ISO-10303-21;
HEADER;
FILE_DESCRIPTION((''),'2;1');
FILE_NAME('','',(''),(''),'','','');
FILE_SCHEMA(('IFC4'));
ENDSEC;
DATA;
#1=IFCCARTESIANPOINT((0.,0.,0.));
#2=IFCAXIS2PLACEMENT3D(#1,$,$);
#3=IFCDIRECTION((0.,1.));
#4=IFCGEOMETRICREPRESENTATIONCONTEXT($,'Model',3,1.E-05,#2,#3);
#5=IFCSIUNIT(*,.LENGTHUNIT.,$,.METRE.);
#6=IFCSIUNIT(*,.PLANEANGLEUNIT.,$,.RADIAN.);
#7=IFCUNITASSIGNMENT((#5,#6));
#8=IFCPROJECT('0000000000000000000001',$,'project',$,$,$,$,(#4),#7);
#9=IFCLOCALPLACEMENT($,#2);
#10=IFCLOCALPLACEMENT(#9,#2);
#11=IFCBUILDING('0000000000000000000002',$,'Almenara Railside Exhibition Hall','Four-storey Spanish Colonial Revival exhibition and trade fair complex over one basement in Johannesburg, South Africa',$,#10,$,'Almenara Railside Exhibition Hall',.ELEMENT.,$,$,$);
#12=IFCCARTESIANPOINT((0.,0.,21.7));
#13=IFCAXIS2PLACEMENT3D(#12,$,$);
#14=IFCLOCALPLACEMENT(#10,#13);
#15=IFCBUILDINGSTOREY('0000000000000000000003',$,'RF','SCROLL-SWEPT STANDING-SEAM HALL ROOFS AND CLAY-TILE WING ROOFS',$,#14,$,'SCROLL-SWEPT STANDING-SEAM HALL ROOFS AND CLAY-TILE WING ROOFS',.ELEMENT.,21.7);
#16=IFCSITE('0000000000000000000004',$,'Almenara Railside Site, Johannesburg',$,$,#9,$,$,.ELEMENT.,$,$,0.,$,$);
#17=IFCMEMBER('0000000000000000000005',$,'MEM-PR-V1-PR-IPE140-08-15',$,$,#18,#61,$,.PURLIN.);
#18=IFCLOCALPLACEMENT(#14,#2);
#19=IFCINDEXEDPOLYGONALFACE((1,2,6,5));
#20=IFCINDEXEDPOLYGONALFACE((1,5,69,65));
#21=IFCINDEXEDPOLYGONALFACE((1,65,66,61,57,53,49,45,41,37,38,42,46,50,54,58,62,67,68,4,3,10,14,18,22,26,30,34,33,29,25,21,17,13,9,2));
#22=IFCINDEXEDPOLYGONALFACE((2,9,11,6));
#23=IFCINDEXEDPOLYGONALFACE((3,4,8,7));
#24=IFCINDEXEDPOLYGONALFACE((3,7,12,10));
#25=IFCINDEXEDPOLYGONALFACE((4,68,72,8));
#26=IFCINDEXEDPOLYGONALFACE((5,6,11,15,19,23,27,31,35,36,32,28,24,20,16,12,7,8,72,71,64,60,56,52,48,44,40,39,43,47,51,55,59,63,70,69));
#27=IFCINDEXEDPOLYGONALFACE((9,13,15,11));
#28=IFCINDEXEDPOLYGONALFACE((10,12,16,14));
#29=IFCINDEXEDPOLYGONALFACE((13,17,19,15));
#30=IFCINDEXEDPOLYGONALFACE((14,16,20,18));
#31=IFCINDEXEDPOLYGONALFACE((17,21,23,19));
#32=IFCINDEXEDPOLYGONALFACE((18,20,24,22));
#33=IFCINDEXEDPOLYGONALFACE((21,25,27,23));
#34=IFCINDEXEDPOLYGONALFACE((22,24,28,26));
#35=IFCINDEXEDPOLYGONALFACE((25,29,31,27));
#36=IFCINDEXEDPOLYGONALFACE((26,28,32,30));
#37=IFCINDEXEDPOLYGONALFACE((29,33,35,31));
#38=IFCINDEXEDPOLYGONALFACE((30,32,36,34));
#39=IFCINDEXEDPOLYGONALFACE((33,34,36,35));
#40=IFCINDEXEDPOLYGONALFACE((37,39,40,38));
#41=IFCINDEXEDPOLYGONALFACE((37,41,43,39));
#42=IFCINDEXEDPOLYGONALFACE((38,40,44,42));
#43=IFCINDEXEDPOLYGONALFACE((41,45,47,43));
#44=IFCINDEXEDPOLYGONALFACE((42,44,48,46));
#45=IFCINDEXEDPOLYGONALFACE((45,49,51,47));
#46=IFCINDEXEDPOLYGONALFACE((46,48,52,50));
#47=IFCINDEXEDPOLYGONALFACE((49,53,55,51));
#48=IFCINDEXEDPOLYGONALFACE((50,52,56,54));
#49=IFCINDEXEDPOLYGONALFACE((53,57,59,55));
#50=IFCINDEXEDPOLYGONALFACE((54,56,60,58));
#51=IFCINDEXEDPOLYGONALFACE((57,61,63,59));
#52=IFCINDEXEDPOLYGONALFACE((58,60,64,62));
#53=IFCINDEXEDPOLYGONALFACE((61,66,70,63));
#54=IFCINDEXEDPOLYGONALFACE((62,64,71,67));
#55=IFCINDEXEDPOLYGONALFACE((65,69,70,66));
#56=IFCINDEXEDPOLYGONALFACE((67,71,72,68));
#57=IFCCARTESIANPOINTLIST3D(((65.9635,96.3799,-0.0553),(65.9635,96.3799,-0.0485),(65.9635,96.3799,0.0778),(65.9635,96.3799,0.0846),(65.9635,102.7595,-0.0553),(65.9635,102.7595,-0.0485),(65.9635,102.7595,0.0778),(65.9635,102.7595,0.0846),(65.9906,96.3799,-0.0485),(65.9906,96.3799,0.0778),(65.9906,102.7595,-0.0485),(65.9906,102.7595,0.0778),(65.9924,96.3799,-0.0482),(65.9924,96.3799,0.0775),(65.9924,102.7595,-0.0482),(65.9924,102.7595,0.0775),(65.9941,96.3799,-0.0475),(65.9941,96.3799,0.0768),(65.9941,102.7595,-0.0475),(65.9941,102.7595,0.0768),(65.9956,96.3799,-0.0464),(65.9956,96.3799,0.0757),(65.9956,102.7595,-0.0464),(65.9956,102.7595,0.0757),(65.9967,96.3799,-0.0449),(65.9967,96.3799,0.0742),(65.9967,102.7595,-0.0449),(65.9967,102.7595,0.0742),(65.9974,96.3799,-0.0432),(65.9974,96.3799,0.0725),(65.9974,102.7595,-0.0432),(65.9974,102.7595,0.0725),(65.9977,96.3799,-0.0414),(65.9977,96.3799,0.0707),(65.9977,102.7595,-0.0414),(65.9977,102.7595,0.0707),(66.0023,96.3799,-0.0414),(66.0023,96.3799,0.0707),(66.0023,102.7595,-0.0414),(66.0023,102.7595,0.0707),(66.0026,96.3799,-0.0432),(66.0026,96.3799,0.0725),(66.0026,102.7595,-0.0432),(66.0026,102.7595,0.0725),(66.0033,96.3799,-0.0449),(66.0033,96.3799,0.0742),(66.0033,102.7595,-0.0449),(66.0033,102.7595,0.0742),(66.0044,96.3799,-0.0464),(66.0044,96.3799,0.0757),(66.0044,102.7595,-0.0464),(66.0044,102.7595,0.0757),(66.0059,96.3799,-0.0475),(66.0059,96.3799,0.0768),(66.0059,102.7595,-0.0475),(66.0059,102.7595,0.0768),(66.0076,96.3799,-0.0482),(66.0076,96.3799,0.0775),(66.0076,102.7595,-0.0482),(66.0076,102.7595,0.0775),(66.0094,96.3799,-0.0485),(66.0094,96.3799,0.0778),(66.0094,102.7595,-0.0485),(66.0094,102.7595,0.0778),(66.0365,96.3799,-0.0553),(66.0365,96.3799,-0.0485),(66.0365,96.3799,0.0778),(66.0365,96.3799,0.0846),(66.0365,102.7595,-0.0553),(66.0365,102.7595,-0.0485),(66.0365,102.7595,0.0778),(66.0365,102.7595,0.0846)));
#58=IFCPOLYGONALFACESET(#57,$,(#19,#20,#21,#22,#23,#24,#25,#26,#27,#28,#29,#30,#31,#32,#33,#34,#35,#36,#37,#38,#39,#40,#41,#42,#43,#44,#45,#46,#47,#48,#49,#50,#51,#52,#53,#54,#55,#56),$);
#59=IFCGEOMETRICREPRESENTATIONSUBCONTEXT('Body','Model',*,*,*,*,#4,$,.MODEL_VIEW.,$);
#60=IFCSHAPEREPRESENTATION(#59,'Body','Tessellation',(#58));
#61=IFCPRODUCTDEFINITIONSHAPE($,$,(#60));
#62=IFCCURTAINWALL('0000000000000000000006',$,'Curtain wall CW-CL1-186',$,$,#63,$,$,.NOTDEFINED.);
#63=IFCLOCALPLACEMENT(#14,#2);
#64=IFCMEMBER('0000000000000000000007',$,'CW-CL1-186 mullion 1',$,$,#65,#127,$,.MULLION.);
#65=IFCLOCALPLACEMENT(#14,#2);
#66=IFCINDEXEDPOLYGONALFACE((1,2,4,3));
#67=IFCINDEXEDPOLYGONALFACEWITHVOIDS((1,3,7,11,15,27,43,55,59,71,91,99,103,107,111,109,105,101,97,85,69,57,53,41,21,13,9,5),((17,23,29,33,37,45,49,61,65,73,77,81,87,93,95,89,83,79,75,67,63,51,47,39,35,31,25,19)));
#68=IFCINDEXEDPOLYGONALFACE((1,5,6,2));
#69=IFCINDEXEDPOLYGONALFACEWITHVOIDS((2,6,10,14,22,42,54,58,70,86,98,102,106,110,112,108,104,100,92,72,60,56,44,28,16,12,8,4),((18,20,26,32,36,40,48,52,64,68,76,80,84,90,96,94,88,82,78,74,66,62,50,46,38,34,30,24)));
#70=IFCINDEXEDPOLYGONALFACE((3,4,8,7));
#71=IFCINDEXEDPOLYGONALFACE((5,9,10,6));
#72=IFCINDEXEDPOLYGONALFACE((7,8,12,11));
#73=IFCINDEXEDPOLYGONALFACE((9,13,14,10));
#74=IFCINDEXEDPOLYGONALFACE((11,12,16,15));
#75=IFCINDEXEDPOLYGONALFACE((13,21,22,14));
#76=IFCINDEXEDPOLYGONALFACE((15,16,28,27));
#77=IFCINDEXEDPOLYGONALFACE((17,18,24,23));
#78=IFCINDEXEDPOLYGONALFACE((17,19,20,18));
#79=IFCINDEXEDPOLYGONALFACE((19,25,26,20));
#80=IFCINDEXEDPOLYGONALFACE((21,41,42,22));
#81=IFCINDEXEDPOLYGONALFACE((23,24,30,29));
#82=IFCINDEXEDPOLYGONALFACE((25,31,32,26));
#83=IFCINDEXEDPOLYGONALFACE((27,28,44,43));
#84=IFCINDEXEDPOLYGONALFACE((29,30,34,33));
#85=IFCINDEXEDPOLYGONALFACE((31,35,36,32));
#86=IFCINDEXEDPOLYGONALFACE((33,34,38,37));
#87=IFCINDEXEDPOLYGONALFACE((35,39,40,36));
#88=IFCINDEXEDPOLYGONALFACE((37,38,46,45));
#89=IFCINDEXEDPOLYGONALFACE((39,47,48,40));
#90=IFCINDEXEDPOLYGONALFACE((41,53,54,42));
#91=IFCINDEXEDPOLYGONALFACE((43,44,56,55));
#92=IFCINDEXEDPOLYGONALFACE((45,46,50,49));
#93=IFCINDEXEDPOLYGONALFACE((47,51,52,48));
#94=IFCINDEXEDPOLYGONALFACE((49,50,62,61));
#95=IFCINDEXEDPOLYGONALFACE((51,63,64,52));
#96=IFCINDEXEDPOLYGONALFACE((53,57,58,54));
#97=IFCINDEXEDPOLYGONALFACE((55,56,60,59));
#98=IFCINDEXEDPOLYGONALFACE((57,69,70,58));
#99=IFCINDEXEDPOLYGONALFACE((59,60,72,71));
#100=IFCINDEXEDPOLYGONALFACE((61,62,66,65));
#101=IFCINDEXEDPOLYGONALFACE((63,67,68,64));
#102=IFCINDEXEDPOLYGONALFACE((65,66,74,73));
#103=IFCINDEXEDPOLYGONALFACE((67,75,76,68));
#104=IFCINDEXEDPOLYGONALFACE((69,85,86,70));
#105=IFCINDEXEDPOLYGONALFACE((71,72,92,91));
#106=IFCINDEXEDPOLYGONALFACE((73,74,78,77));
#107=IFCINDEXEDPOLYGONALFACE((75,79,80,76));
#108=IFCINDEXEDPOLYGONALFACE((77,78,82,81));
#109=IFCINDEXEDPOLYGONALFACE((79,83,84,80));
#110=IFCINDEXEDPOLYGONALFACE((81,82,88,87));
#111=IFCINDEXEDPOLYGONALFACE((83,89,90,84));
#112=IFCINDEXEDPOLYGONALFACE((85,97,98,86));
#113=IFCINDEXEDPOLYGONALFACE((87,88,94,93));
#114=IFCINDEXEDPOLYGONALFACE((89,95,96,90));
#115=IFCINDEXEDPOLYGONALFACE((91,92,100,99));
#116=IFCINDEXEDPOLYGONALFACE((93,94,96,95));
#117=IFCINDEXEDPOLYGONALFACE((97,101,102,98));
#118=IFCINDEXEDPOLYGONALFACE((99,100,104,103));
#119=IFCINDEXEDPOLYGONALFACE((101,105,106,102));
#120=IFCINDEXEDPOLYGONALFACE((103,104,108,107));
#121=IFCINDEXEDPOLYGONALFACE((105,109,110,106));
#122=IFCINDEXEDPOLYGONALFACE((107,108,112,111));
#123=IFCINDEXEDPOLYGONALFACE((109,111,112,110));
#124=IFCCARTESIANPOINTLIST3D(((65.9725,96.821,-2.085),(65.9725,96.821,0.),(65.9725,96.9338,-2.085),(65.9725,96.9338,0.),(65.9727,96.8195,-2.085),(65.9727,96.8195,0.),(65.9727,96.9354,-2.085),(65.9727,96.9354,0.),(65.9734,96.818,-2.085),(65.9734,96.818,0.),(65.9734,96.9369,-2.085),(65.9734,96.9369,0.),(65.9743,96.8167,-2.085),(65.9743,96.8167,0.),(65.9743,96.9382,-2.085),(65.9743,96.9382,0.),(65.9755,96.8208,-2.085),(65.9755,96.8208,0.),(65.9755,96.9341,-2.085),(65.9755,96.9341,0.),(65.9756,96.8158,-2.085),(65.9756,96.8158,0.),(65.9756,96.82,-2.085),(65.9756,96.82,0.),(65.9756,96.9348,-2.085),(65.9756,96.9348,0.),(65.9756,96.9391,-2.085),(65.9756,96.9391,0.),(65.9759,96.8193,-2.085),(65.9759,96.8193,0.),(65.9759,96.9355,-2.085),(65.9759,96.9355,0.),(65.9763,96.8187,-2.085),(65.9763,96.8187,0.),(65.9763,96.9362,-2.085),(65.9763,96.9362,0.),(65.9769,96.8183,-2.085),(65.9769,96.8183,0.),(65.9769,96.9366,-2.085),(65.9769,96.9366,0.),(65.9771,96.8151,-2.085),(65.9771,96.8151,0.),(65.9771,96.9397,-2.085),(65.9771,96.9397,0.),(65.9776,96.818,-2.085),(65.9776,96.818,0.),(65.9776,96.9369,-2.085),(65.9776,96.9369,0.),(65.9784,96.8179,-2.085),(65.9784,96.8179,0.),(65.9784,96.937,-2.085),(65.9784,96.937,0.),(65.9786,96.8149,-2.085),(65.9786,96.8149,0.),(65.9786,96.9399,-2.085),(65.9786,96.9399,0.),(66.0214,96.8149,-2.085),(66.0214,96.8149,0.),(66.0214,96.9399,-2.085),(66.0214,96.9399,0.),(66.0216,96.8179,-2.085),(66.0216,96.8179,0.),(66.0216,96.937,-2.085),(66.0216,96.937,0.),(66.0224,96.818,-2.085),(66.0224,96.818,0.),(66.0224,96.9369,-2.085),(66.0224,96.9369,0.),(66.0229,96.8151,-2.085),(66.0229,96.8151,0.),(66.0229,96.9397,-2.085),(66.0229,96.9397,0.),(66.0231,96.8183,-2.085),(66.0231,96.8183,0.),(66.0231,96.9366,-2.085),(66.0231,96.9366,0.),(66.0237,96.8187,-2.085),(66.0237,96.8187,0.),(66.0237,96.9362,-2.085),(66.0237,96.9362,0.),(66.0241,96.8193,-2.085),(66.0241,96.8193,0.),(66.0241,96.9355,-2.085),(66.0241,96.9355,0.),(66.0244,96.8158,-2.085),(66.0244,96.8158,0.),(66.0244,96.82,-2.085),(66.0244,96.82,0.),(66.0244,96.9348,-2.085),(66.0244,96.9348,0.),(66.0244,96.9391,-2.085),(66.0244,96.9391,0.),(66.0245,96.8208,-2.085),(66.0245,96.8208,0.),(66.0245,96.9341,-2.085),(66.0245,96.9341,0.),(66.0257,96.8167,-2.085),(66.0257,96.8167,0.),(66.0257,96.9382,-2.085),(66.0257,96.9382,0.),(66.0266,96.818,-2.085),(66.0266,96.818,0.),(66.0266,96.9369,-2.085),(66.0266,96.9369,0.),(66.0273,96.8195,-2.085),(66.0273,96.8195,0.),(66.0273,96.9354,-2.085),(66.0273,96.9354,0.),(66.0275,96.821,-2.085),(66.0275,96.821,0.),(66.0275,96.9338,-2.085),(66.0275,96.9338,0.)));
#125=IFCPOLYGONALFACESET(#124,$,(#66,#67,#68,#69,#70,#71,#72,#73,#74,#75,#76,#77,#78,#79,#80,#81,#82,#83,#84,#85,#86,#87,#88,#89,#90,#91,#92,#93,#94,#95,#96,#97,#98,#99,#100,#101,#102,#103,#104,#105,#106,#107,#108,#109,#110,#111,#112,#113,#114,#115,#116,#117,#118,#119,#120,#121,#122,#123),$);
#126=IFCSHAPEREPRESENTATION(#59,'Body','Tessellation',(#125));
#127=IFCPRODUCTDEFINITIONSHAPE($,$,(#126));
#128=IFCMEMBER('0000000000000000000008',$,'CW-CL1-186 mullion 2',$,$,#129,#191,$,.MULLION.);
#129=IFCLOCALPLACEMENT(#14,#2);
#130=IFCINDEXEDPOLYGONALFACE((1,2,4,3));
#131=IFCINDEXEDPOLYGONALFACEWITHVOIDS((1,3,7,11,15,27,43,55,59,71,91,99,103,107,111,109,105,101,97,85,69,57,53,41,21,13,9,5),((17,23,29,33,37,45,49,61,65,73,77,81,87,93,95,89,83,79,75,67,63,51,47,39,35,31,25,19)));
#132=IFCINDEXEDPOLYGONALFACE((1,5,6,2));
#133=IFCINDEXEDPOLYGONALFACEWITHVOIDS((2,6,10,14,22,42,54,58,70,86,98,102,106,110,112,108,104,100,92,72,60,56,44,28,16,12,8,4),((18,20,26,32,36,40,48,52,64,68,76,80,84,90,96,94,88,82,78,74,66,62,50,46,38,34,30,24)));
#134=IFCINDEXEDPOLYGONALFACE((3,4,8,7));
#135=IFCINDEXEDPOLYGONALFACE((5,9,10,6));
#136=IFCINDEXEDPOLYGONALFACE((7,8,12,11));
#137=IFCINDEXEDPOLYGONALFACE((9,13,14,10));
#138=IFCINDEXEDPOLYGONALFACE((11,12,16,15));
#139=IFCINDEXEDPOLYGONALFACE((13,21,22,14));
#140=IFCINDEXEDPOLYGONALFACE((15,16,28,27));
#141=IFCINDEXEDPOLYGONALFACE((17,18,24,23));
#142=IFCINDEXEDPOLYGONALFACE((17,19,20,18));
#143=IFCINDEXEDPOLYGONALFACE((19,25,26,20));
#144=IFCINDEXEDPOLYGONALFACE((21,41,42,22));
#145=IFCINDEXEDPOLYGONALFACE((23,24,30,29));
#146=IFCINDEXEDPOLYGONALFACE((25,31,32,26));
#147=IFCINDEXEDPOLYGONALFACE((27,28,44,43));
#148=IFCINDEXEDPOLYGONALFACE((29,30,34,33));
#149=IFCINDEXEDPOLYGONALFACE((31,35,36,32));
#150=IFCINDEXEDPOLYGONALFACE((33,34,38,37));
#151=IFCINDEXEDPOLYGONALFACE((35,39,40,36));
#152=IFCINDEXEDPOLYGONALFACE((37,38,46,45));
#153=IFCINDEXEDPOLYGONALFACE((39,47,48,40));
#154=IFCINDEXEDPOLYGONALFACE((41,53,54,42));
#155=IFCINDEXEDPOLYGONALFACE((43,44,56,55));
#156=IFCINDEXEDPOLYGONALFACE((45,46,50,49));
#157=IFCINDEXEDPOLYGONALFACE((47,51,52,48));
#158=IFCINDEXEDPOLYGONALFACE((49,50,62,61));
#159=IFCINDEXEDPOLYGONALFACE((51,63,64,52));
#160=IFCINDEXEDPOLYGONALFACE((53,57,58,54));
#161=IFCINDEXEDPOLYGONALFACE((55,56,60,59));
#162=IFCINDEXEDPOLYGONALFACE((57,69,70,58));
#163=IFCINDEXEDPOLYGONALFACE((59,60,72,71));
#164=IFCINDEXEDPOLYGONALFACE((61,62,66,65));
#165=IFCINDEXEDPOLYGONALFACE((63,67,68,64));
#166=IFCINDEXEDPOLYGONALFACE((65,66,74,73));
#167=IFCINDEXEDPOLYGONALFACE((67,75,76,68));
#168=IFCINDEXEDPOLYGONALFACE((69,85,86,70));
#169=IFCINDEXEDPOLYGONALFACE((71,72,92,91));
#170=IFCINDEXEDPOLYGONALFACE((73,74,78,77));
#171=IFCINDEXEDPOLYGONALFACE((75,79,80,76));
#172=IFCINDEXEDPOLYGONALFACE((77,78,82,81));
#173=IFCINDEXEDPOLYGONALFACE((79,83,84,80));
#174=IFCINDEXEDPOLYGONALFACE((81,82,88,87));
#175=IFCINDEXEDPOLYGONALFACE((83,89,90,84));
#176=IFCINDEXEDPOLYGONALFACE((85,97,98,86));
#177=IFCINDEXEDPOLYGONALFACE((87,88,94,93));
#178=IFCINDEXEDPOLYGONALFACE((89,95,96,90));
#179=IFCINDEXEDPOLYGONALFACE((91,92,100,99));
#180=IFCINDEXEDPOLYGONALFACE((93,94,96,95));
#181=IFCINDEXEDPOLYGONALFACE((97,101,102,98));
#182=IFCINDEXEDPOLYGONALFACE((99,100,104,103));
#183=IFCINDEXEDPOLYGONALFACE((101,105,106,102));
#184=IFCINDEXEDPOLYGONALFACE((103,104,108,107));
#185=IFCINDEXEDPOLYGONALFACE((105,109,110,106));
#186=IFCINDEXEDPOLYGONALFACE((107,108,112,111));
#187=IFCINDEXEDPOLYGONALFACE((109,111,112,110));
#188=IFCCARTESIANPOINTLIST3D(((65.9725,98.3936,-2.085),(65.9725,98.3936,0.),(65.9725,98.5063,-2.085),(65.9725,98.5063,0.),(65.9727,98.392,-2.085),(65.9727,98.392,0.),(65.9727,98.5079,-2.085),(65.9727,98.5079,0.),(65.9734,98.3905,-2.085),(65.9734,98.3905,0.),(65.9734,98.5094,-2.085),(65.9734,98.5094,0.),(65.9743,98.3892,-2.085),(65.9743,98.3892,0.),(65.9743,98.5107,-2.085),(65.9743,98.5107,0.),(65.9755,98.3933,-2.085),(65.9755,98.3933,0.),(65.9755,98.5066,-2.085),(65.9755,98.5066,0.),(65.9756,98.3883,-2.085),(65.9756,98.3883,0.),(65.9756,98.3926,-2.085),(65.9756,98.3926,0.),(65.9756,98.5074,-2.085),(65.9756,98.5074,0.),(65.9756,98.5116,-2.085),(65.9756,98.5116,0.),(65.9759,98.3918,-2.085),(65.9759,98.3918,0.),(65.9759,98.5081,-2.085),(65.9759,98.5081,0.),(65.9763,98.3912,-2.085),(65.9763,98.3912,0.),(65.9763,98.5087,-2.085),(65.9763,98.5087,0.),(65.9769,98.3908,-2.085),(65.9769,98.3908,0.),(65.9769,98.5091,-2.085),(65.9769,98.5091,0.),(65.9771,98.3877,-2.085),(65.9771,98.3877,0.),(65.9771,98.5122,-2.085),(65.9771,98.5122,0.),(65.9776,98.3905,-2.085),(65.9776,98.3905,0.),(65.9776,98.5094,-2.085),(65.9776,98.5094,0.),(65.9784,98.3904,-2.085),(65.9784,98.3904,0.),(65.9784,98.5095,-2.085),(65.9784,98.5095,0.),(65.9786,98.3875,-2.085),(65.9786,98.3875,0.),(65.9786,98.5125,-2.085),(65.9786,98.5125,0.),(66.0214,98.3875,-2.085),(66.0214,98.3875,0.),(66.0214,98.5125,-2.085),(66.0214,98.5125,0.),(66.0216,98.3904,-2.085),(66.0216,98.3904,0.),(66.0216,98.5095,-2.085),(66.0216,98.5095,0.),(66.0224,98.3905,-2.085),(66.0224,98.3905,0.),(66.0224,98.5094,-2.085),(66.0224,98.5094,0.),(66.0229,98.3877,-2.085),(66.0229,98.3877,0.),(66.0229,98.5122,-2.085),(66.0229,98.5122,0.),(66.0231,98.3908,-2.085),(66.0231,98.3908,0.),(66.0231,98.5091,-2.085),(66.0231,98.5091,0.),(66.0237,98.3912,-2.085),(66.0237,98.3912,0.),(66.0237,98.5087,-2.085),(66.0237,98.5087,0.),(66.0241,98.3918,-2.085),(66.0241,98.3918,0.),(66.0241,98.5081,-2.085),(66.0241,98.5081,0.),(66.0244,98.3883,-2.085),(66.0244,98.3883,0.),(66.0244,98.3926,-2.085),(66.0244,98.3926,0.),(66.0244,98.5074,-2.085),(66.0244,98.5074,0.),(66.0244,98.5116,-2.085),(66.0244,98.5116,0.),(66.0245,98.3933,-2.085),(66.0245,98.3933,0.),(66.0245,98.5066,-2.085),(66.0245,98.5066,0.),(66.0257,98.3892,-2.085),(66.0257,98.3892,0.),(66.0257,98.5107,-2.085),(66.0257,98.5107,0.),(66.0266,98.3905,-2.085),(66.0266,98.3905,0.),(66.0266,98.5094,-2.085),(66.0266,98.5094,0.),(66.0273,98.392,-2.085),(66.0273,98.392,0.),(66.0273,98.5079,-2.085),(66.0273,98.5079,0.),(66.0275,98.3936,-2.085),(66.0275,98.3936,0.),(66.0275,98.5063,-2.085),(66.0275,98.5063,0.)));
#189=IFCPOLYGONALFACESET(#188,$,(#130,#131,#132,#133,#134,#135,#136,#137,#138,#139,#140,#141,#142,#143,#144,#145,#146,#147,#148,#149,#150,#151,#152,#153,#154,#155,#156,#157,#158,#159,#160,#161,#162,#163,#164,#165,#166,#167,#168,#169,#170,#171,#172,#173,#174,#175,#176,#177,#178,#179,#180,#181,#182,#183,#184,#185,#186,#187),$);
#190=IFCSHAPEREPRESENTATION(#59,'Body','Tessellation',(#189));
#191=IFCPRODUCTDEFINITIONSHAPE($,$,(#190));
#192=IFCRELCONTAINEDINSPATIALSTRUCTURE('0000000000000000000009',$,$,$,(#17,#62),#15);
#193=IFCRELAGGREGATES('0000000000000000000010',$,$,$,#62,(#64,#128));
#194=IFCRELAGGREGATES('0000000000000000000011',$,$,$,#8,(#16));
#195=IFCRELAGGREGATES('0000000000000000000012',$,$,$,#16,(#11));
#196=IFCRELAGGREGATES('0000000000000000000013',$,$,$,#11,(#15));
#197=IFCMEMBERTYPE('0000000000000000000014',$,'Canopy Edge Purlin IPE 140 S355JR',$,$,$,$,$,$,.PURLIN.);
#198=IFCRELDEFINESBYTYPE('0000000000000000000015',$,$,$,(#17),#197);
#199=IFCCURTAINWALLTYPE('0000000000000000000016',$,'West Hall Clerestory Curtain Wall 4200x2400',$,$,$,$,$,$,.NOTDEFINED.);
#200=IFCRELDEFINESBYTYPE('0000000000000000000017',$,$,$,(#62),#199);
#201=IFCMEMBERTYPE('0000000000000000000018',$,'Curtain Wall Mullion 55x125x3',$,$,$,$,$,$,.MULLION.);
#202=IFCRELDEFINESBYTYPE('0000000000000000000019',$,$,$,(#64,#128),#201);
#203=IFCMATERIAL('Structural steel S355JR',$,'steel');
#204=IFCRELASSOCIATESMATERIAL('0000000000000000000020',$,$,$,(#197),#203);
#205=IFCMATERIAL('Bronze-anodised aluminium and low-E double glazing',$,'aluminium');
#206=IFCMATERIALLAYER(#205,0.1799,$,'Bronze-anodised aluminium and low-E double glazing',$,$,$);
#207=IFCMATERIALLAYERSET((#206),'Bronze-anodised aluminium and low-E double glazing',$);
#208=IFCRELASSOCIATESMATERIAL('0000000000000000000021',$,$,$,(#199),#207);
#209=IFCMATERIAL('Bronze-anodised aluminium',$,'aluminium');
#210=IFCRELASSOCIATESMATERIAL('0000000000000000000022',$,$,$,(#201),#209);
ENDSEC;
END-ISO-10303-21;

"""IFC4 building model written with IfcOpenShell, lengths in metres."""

from ifc_helpers import new_model, si_unit, direction, frame, origin, origin_2d, place, context, subcontext, project, spatial, hollow_rectangle, i_section, extrude, material, layer, layer_set, material_profile, profile_set, type_object, element, aggregate, save


model = new_model("IFC4")

# Units and contexts
model_context = context("Model", 3, precision=1e-05, world=origin(), true_north=direction((0.0, 1.0)))
body_context = subcontext(model_context, "Body", "Model", "MODEL_VIEW")
ifc_project = project(units=[si_unit("LENGTHUNIT", "METRE"), si_unit("PLANEANGLEUNIT", "RADIAN")], contexts=[model_context])

# Site, building, storey
site_placement = place(None, origin())
site = spatial("IfcSite", under=ifc_project, at=site_placement, Name="Almenara Railside Site, Johannesburg", CompositionType="ELEMENT", RefElevation=0.0)
building_placement = place(site_placement, origin())
building = spatial("IfcBuilding", under=site, at=building_placement, Name="Almenara Railside Exhibition Hall", Description="Four-storey Spanish Colonial Revival exhibition and trade fair complex over one basement in Johannesburg, South Africa", LongName="Almenara Railside Exhibition Hall", CompositionType="ELEMENT")
storey_placement = place(building_placement, frame((0.0, 0.0, 21.7)))
storey = spatial("IfcBuildingStorey", under=building, at=storey_placement, Name="RF", Description="SCROLL-SWEPT STANDING-SEAM HALL ROOFS AND CLAY-TILE WING ROOFS", LongName="SCROLL-SWEPT STANDING-SEAM HALL ROOFS AND CLAY-TILE WING ROOFS", CompositionType="ELEMENT", Elevation=21.7)

# Member
ifc_material_1 = material(Name="Structural steel S355JR", Category="steel")
ifc_material_profile_1 = material_profile(ifc_material_1, i_section(OverallWidth=0.073, OverallDepth=0.1399, WebThickness=0.0046, FlangeThickness=0.0068, FilletRadius=0.0071, at=origin_2d()), Name="IPE 140")
ifc_profile_set_1 = profile_set([ifc_material_profile_1], Name="Structural steel S355JR")
member_type_1 = type_object("IfcMemberType", Name="Canopy Edge Purlin IPE 140 S355JR", PredefinedType="PURLIN", material=ifc_profile_set_1)
member_1_placement = place(storey_placement, frame((66.0, 96.3799, 0.0146), z_axis=(0.0, 1.0, 0.0), x_axis=(-1.0, 0.0, 0.0)))
element("IfcMember", 1, at=member_1_placement, inside=storey, type_object=member_type_1, Name="MEM-PR-V1-PR-IPE140-08-15", PredefinedType="PURLIN", context=body_context, shape_type="SweptSolid", body=[
    extrude(i_section(OverallWidth=0.073, OverallDepth=0.1399, WebThickness=0.0046, FlangeThickness=0.0068, FilletRadius=0.0071, at=origin_2d()), origin(), (0.0, 0.0, 1.0), 6.3796),
])

# Curtain wall, members
ifc_material_2 = material(Name="Bronze-anodised aluminium and low-E double glazing", Category="aluminium")
ifc_layer_1 = layer(ifc_material_2, 0.1799, Name="Bronze-anodised aluminium and low-E double glazing")
ifc_layer_set_1 = layer_set([ifc_layer_1], Name="Bronze-anodised aluminium and low-E double glazing")
curtain_wall_type = type_object("IfcCurtainWallType", Name="West Hall Clerestory Curtain Wall 4200x2400", PredefinedType="NOTDEFINED", material=ifc_layer_set_1)
curtain_wall_1_placement = place(storey_placement, origin())
curtain_wall_1 = element("IfcCurtainWall", 2, at=curtain_wall_1_placement, inside=storey, type_object=curtain_wall_type, Name="Curtain wall CW-CL1-186", PredefinedType="NOTDEFINED")
ifc_material_3 = material(Name="Bronze-anodised aluminium", Category="aluminium")
ifc_material_profile_2 = material_profile(ifc_material_3, hollow_rectangle(XDim=0.0549, YDim=0.125, WallThickness=0.0029, InnerFilletRadius=0.0029, OuterFilletRadius=0.0061, at=origin_2d()), Name="ALU-MUL 55x125x3")
ifc_profile_set_2 = profile_set([ifc_material_profile_2], Name="Bronze-anodised aluminium")
member_type_2 = type_object("IfcMemberType", Name="Curtain Wall Mullion 55x125x3", PredefinedType="MULLION", material=ifc_profile_set_2)
member_2_placement = place(storey_placement, frame((66.0, 96.8774, -2.085), z_axis=(0.0, 0.0, 1.0), x_axis=(-1.0, 0.0, 0.0)))
member_2 = element("IfcMember", 3, at=member_2_placement, type_object=member_type_2, Name="CW-CL1-186 mullion 1", PredefinedType="MULLION", context=body_context, shape_type="SweptSolid", body=[
    extrude(hollow_rectangle(XDim=0.0549, YDim=0.125, WallThickness=0.0029, InnerFilletRadius=0.0029, OuterFilletRadius=0.0061, at=origin_2d()), origin(), (0.0, 0.0, 1.0), 2.085),
])
member_3_placement = place(storey_placement, frame((66.0, 98.45, -2.085), z_axis=(0.0, 0.0, 1.0), x_axis=(-1.0, 0.0, 0.0)))
member_3 = element("IfcMember", 4, at=member_3_placement, type_object=member_type_2, Name="CW-CL1-186 mullion 2", PredefinedType="MULLION", context=body_context, shape_type="SweptSolid", body=[
    extrude(hollow_rectangle(XDim=0.0549, YDim=0.125, WallThickness=0.0029, InnerFilletRadius=0.0029, OuterFilletRadius=0.0061, at=origin_2d()), origin(), (0.0, 0.0, 1.0), 2.085),
])

aggregate(curtain_wall_1, [member_2, member_3])

save(model, "model.ifc")
